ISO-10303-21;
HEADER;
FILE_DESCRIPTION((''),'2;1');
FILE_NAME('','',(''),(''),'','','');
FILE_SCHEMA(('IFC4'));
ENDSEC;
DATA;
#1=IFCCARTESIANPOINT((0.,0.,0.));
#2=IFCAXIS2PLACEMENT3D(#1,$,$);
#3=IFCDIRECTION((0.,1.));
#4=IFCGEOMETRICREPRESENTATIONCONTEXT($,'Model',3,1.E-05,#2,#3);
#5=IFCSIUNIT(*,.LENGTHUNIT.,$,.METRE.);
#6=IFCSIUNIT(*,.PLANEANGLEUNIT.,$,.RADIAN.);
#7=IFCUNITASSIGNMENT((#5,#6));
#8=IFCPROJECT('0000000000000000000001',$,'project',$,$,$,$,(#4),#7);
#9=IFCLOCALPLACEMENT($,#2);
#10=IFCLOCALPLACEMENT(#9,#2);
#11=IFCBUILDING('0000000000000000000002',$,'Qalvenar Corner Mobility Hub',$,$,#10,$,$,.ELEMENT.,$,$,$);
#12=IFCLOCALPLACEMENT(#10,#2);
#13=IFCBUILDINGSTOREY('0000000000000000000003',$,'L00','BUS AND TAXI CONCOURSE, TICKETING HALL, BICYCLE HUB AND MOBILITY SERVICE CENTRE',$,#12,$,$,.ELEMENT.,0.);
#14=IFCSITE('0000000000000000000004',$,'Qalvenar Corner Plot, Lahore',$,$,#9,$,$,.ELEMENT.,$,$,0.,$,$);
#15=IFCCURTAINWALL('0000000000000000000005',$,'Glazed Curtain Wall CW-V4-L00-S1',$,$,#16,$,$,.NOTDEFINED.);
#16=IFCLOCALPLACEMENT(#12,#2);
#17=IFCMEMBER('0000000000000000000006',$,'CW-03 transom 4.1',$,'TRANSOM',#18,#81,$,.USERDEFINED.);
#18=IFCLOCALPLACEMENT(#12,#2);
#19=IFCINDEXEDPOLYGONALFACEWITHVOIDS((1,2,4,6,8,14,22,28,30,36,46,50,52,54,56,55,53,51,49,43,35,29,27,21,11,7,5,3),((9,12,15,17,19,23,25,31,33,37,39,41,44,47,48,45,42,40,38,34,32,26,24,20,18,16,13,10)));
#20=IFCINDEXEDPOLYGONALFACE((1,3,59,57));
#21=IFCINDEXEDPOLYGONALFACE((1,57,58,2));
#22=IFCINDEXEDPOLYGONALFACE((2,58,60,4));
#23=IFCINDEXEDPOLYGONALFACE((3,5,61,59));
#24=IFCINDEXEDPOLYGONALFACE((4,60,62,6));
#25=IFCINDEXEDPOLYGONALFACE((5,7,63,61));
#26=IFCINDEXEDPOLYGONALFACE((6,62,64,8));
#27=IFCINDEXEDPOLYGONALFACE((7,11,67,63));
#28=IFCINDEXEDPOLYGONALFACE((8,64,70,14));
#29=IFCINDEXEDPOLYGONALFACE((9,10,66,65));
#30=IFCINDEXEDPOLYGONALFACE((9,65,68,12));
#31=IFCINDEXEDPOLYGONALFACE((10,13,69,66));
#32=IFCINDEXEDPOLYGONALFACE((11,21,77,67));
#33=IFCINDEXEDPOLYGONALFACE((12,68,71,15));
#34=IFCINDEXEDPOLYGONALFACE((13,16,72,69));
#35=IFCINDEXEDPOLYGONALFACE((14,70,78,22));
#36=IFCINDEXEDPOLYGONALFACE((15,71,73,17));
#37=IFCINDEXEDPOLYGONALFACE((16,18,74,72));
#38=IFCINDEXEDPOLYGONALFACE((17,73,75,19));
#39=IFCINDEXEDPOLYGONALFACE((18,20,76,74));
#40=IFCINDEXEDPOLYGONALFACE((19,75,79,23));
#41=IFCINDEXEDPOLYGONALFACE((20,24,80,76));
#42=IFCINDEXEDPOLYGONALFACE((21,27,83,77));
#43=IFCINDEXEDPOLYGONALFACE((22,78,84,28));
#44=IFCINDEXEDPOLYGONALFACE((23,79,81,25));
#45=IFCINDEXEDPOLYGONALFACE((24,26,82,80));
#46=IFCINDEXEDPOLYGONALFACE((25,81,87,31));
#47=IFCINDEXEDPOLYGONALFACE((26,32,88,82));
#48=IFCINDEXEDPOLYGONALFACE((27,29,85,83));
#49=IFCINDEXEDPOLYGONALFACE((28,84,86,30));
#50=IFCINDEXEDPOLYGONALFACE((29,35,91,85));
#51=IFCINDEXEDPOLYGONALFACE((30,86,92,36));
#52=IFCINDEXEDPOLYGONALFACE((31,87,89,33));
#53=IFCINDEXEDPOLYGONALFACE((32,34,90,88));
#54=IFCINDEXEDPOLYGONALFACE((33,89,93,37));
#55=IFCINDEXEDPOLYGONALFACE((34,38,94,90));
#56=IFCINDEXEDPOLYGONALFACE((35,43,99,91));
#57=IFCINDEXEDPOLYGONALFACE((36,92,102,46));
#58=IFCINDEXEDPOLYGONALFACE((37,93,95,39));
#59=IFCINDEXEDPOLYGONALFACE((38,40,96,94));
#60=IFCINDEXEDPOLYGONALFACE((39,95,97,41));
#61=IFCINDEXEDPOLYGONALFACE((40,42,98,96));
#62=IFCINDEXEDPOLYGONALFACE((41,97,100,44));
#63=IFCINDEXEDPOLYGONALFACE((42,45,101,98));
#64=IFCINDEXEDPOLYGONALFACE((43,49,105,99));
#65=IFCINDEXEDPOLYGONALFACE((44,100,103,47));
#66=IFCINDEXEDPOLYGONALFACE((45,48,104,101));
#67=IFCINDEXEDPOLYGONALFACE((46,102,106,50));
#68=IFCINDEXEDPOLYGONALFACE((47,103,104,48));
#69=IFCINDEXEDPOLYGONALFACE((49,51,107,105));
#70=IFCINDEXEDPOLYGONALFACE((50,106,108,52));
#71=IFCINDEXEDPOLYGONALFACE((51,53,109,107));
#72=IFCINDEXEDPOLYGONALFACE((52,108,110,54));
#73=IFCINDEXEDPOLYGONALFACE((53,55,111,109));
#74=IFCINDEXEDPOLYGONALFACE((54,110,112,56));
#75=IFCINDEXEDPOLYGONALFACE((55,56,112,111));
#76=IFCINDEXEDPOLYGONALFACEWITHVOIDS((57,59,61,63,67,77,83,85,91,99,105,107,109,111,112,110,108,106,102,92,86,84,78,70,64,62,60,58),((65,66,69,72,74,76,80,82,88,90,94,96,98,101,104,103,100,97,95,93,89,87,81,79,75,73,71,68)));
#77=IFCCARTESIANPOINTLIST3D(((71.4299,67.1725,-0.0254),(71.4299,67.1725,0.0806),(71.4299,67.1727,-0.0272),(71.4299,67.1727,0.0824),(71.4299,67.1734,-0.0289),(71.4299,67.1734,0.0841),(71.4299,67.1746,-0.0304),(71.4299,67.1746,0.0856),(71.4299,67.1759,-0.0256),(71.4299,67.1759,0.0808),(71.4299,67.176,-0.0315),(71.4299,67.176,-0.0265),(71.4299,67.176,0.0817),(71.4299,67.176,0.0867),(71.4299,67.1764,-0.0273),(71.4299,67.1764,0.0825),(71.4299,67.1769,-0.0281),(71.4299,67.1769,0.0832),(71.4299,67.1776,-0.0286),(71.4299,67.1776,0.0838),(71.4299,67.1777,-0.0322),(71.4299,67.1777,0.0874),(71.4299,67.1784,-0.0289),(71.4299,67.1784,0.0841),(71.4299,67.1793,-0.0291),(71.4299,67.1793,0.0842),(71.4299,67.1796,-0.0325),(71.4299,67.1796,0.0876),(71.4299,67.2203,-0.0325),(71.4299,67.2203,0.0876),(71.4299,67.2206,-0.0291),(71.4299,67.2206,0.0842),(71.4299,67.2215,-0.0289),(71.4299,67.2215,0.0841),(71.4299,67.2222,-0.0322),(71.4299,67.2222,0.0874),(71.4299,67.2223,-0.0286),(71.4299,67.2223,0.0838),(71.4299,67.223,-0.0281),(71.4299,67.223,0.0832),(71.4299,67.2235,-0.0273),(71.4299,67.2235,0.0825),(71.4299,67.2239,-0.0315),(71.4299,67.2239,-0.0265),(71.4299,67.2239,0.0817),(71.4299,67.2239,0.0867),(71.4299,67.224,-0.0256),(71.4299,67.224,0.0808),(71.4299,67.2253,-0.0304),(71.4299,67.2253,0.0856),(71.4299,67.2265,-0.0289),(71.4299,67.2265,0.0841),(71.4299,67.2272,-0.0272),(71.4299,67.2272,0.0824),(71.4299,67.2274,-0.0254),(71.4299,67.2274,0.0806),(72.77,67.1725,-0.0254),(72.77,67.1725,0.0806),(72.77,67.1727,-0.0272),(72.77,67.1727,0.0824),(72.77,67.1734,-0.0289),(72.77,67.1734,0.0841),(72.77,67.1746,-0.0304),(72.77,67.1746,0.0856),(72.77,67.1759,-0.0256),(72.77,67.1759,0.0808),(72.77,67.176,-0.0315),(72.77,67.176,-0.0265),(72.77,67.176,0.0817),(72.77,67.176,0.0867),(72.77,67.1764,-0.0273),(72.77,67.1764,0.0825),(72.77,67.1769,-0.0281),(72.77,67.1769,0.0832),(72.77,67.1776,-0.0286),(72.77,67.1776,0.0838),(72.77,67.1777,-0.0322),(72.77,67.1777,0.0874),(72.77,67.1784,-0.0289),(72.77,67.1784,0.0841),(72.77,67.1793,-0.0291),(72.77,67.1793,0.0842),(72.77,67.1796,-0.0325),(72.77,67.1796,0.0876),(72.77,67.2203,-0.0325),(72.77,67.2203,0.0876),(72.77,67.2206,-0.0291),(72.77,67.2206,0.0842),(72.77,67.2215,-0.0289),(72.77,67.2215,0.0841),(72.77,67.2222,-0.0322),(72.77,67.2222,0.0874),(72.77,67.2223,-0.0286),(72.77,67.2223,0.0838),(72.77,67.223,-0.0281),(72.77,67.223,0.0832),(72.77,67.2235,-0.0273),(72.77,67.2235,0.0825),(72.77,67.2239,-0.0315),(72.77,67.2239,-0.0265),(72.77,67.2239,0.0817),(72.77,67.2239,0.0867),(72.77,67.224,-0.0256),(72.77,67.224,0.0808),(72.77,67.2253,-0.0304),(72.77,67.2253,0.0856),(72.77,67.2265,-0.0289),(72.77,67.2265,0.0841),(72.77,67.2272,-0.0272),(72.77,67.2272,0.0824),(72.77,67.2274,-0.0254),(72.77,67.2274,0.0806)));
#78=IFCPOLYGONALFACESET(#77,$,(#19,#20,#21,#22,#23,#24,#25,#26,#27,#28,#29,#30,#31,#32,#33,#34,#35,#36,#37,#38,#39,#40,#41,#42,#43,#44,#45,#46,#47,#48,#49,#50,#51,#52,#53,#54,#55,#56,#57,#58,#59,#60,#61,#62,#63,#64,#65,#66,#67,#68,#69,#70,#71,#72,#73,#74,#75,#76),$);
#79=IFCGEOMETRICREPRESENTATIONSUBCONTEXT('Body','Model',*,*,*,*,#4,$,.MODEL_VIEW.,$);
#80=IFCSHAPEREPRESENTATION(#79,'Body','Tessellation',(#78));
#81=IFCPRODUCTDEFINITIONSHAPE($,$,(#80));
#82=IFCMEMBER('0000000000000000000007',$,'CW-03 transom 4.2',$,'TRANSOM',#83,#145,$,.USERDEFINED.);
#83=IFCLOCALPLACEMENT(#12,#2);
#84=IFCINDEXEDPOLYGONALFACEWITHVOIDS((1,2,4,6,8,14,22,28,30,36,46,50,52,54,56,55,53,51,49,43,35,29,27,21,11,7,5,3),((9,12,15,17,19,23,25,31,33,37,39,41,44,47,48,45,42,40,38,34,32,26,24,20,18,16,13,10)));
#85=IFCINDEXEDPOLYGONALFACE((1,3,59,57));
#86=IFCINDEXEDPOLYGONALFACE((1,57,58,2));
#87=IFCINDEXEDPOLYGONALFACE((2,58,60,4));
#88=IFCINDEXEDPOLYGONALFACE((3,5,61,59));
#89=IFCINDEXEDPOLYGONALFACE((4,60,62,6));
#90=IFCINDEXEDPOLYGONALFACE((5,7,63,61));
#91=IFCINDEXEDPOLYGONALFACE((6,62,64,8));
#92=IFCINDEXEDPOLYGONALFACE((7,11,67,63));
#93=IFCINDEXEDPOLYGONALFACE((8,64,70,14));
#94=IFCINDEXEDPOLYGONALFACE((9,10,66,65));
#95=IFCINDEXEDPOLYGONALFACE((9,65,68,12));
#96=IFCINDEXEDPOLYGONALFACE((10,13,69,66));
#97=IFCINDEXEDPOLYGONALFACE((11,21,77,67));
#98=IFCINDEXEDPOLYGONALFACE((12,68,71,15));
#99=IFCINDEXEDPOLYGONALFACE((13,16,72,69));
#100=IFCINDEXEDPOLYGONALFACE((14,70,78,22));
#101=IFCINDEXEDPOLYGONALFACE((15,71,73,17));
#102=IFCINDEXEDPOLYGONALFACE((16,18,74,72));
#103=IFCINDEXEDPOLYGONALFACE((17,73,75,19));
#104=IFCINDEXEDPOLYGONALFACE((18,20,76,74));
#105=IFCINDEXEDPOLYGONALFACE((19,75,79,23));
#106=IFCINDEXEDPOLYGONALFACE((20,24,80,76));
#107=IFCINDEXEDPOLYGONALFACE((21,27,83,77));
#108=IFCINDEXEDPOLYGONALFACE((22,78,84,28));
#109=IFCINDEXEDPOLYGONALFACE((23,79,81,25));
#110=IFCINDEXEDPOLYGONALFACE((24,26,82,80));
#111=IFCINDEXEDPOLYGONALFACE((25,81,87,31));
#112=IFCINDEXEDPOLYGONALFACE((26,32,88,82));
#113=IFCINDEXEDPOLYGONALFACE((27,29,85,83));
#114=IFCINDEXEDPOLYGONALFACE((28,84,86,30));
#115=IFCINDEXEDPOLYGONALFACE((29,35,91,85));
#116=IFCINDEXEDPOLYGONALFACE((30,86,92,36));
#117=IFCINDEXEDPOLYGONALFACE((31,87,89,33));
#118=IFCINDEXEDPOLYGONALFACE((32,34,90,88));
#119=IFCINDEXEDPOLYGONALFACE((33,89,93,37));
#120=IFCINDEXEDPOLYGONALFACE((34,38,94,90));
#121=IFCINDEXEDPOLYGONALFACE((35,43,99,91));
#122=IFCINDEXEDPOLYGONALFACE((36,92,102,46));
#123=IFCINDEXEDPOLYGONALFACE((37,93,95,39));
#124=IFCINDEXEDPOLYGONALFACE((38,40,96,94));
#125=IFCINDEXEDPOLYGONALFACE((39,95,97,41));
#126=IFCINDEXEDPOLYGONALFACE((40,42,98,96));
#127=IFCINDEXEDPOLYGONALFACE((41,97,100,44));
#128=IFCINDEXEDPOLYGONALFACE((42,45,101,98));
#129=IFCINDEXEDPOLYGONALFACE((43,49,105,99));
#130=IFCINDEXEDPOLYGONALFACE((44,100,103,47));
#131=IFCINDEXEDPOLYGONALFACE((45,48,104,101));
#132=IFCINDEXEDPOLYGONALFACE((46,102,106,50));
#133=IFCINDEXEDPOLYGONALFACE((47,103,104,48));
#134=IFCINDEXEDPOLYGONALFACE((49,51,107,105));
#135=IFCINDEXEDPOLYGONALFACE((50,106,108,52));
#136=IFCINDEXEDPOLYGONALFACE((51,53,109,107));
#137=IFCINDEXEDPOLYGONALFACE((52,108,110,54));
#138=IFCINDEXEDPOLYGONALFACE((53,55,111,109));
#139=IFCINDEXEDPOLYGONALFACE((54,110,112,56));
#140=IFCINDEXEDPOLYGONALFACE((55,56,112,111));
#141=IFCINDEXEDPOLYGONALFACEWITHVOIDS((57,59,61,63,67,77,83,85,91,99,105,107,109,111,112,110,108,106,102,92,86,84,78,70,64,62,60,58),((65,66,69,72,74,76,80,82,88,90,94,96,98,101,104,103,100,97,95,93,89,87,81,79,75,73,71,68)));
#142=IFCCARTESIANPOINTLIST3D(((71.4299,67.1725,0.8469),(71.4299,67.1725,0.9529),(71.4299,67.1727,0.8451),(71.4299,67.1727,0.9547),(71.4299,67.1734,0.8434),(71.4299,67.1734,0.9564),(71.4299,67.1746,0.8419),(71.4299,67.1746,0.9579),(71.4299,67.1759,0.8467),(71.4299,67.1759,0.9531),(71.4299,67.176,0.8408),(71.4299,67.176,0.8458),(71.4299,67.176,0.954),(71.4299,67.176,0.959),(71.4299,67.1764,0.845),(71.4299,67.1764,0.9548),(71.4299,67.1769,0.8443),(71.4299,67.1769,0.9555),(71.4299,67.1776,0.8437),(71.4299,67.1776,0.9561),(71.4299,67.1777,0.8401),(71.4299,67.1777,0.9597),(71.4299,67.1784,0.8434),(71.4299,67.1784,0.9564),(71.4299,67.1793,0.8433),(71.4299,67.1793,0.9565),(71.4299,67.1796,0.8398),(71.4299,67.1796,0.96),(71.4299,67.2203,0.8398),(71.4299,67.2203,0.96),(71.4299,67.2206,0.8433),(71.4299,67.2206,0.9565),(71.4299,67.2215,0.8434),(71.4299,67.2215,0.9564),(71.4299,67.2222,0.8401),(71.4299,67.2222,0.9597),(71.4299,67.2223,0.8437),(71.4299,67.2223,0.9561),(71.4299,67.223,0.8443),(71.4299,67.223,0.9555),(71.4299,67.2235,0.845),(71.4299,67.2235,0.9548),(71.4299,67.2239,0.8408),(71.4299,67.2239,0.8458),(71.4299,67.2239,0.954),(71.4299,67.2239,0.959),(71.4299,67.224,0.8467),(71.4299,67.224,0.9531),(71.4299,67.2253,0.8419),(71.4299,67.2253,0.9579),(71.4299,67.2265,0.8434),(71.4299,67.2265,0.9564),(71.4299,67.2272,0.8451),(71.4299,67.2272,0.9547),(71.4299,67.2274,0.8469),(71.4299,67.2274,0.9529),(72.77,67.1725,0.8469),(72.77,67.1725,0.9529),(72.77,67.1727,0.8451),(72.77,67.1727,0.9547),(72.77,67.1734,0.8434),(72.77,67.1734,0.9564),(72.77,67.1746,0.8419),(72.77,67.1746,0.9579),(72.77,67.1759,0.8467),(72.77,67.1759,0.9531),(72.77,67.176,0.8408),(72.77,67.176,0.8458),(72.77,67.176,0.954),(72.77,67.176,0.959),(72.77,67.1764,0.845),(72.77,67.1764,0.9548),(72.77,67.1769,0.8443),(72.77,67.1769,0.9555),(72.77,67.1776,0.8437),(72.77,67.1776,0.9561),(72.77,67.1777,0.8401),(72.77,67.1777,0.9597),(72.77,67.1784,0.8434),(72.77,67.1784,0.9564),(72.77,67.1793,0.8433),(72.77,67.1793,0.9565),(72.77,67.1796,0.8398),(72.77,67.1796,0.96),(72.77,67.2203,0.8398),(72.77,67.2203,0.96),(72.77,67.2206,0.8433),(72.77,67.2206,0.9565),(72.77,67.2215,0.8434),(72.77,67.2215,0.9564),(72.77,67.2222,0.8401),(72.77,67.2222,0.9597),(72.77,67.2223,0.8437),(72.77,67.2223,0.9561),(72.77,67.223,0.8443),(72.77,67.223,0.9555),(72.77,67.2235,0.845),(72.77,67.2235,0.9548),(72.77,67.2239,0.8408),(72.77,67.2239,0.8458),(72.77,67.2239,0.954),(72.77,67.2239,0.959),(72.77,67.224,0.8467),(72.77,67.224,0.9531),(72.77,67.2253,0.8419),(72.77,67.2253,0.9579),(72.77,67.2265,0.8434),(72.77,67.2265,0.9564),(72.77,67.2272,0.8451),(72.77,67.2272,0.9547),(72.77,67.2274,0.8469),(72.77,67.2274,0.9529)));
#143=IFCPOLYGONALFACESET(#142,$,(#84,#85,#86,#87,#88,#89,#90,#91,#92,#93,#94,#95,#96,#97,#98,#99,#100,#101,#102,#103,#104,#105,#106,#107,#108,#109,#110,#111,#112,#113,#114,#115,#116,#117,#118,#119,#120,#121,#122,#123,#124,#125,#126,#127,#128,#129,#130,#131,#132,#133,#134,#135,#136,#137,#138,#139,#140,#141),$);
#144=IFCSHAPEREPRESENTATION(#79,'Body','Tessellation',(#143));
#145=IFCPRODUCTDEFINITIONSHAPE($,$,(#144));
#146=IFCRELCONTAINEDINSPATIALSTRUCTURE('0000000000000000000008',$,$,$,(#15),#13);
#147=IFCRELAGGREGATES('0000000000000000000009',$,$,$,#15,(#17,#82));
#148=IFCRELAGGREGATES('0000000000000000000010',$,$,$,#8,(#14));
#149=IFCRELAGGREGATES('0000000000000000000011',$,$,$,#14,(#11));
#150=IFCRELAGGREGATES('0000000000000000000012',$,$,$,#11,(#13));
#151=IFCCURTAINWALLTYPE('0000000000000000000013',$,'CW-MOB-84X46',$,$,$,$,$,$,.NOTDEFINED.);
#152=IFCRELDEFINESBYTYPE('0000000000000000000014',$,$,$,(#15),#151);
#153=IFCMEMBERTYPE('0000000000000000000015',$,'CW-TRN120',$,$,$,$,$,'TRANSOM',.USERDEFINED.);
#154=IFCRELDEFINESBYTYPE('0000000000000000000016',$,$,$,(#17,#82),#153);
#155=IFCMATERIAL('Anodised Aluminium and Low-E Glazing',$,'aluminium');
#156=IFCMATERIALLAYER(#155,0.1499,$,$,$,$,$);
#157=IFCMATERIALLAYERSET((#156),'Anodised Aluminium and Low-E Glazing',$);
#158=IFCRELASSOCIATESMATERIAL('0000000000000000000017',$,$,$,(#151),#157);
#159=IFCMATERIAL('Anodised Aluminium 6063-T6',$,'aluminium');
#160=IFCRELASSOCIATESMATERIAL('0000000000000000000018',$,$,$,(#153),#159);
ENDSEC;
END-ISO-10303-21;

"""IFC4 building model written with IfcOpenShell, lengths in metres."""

from ifc_helpers import new_model, si_unit, direction, frame, origin, origin_2d, place, context, subcontext, project, spatial, hollow_rectangle, extrude, material, layer, layer_set, material_profile, profile_set, type_object, element, aggregate, save


model = new_model("IFC4")

# Units and contexts
model_context = context("Model", 3, precision=1e-05, world=origin(), true_north=direction((0.0, 1.0)))
body_context = subcontext(model_context, "Body", "Model", "MODEL_VIEW")
ifc_project = project(units=[si_unit("LENGTHUNIT", "METRE"), si_unit("PLANEANGLEUNIT", "RADIAN")], contexts=[model_context])

# Site, building, storey
site_placement = place(None, origin())
site = spatial("IfcSite", under=ifc_project, at=site_placement, Name="Qalvenar Corner Plot, Lahore", CompositionType="ELEMENT", RefElevation=0.0)
building_placement = place(site_placement, origin())
building = spatial("IfcBuilding", under=site, at=building_placement, Name="Qalvenar Corner Mobility Hub", CompositionType="ELEMENT")
storey_placement = place(building_placement, origin())
storey = spatial("IfcBuildingStorey", under=building, at=storey_placement, Name="L00", Description="BUS AND TAXI CONCOURSE, TICKETING HALL, BICYCLE HUB AND MOBILITY SERVICE CENTRE", CompositionType="ELEMENT", Elevation=0.0)

# Curtain wall, members
ifc_material_1 = material(Name="Anodised Aluminium and Low-E Glazing", Category="aluminium")
ifc_layer_1 = layer(ifc_material_1, 0.1499)
ifc_layer_set_1 = layer_set([ifc_layer_1], Name="Anodised Aluminium and Low-E Glazing")
curtain_wall_type = type_object("IfcCurtainWallType", Name="CW-MOB-84X46", PredefinedType="NOTDEFINED", material=ifc_layer_set_1)
curtain_wall_placement = place(storey_placement, origin())
curtain_wall = element("IfcCurtainWall", 1, at=curtain_wall_placement, inside=storey, type_object=curtain_wall_type, Name="Glazed Curtain Wall CW-V4-L00-S1", PredefinedType="NOTDEFINED")
ifc_material_2 = material(Name="Anodised Aluminium 6063-T6", Category="aluminium")
ifc_material_profile_1 = material_profile(ifc_material_2, hollow_rectangle(XDim=0.0549, YDim=0.1201, WallThickness=0.0034, InnerFilletRadius=0.0034, OuterFilletRadius=0.0071, at=origin_2d()), Name="RHS120x55x3.5")
ifc_profile_set_1 = profile_set([ifc_material_profile_1], Name="Anodised Aluminium 6063-T6")
member_type_1 = type_object("IfcMemberType", Name="CW-TRN120", ElementType="TRANSOM", PredefinedType="USERDEFINED", material=ifc_profile_set_1)
member_1_placement = place(storey_placement, frame((71.4299, 67.2, 0.0276), z_axis=(1.0, 0.0, 0.0), x_axis=(0.0, 1.0, 0.0)))
member_1 = element("IfcMember", 2, at=member_1_placement, type_object=member_type_1, Name="CW-03 transom 4.1", ObjectType="TRANSOM", PredefinedType="USERDEFINED", context=body_context, shape_type="SweptSolid", body=[
    extrude(hollow_rectangle(XDim=0.0549, YDim=0.1201, WallThickness=0.0034, InnerFilletRadius=0.0034, OuterFilletRadius=0.0071, at=origin_2d()), origin(), (0.0, 0.0, 1.0), 1.3401),
])
member_2_placement = place(storey_placement, frame((71.4299, 67.2, 0.8999), z_axis=(1.0, 0.0, 0.0), x_axis=(0.0, 1.0, 0.0)))
member_2 = element("IfcMember", 3, at=member_2_placement, type_object=member_type_1, Name="CW-03 transom 4.2", ObjectType="TRANSOM", PredefinedType="USERDEFINED", context=body_context, shape_type="SweptSolid", body=[
    extrude(hollow_rectangle(XDim=0.0549, YDim=0.1201, WallThickness=0.0034, InnerFilletRadius=0.0034, OuterFilletRadius=0.0071, at=origin_2d()), origin(), (0.0, 0.0, 1.0), 1.3401),
])
aggregate(curtain_wall, [member_1, member_2])

save(model, "model.ifc")
